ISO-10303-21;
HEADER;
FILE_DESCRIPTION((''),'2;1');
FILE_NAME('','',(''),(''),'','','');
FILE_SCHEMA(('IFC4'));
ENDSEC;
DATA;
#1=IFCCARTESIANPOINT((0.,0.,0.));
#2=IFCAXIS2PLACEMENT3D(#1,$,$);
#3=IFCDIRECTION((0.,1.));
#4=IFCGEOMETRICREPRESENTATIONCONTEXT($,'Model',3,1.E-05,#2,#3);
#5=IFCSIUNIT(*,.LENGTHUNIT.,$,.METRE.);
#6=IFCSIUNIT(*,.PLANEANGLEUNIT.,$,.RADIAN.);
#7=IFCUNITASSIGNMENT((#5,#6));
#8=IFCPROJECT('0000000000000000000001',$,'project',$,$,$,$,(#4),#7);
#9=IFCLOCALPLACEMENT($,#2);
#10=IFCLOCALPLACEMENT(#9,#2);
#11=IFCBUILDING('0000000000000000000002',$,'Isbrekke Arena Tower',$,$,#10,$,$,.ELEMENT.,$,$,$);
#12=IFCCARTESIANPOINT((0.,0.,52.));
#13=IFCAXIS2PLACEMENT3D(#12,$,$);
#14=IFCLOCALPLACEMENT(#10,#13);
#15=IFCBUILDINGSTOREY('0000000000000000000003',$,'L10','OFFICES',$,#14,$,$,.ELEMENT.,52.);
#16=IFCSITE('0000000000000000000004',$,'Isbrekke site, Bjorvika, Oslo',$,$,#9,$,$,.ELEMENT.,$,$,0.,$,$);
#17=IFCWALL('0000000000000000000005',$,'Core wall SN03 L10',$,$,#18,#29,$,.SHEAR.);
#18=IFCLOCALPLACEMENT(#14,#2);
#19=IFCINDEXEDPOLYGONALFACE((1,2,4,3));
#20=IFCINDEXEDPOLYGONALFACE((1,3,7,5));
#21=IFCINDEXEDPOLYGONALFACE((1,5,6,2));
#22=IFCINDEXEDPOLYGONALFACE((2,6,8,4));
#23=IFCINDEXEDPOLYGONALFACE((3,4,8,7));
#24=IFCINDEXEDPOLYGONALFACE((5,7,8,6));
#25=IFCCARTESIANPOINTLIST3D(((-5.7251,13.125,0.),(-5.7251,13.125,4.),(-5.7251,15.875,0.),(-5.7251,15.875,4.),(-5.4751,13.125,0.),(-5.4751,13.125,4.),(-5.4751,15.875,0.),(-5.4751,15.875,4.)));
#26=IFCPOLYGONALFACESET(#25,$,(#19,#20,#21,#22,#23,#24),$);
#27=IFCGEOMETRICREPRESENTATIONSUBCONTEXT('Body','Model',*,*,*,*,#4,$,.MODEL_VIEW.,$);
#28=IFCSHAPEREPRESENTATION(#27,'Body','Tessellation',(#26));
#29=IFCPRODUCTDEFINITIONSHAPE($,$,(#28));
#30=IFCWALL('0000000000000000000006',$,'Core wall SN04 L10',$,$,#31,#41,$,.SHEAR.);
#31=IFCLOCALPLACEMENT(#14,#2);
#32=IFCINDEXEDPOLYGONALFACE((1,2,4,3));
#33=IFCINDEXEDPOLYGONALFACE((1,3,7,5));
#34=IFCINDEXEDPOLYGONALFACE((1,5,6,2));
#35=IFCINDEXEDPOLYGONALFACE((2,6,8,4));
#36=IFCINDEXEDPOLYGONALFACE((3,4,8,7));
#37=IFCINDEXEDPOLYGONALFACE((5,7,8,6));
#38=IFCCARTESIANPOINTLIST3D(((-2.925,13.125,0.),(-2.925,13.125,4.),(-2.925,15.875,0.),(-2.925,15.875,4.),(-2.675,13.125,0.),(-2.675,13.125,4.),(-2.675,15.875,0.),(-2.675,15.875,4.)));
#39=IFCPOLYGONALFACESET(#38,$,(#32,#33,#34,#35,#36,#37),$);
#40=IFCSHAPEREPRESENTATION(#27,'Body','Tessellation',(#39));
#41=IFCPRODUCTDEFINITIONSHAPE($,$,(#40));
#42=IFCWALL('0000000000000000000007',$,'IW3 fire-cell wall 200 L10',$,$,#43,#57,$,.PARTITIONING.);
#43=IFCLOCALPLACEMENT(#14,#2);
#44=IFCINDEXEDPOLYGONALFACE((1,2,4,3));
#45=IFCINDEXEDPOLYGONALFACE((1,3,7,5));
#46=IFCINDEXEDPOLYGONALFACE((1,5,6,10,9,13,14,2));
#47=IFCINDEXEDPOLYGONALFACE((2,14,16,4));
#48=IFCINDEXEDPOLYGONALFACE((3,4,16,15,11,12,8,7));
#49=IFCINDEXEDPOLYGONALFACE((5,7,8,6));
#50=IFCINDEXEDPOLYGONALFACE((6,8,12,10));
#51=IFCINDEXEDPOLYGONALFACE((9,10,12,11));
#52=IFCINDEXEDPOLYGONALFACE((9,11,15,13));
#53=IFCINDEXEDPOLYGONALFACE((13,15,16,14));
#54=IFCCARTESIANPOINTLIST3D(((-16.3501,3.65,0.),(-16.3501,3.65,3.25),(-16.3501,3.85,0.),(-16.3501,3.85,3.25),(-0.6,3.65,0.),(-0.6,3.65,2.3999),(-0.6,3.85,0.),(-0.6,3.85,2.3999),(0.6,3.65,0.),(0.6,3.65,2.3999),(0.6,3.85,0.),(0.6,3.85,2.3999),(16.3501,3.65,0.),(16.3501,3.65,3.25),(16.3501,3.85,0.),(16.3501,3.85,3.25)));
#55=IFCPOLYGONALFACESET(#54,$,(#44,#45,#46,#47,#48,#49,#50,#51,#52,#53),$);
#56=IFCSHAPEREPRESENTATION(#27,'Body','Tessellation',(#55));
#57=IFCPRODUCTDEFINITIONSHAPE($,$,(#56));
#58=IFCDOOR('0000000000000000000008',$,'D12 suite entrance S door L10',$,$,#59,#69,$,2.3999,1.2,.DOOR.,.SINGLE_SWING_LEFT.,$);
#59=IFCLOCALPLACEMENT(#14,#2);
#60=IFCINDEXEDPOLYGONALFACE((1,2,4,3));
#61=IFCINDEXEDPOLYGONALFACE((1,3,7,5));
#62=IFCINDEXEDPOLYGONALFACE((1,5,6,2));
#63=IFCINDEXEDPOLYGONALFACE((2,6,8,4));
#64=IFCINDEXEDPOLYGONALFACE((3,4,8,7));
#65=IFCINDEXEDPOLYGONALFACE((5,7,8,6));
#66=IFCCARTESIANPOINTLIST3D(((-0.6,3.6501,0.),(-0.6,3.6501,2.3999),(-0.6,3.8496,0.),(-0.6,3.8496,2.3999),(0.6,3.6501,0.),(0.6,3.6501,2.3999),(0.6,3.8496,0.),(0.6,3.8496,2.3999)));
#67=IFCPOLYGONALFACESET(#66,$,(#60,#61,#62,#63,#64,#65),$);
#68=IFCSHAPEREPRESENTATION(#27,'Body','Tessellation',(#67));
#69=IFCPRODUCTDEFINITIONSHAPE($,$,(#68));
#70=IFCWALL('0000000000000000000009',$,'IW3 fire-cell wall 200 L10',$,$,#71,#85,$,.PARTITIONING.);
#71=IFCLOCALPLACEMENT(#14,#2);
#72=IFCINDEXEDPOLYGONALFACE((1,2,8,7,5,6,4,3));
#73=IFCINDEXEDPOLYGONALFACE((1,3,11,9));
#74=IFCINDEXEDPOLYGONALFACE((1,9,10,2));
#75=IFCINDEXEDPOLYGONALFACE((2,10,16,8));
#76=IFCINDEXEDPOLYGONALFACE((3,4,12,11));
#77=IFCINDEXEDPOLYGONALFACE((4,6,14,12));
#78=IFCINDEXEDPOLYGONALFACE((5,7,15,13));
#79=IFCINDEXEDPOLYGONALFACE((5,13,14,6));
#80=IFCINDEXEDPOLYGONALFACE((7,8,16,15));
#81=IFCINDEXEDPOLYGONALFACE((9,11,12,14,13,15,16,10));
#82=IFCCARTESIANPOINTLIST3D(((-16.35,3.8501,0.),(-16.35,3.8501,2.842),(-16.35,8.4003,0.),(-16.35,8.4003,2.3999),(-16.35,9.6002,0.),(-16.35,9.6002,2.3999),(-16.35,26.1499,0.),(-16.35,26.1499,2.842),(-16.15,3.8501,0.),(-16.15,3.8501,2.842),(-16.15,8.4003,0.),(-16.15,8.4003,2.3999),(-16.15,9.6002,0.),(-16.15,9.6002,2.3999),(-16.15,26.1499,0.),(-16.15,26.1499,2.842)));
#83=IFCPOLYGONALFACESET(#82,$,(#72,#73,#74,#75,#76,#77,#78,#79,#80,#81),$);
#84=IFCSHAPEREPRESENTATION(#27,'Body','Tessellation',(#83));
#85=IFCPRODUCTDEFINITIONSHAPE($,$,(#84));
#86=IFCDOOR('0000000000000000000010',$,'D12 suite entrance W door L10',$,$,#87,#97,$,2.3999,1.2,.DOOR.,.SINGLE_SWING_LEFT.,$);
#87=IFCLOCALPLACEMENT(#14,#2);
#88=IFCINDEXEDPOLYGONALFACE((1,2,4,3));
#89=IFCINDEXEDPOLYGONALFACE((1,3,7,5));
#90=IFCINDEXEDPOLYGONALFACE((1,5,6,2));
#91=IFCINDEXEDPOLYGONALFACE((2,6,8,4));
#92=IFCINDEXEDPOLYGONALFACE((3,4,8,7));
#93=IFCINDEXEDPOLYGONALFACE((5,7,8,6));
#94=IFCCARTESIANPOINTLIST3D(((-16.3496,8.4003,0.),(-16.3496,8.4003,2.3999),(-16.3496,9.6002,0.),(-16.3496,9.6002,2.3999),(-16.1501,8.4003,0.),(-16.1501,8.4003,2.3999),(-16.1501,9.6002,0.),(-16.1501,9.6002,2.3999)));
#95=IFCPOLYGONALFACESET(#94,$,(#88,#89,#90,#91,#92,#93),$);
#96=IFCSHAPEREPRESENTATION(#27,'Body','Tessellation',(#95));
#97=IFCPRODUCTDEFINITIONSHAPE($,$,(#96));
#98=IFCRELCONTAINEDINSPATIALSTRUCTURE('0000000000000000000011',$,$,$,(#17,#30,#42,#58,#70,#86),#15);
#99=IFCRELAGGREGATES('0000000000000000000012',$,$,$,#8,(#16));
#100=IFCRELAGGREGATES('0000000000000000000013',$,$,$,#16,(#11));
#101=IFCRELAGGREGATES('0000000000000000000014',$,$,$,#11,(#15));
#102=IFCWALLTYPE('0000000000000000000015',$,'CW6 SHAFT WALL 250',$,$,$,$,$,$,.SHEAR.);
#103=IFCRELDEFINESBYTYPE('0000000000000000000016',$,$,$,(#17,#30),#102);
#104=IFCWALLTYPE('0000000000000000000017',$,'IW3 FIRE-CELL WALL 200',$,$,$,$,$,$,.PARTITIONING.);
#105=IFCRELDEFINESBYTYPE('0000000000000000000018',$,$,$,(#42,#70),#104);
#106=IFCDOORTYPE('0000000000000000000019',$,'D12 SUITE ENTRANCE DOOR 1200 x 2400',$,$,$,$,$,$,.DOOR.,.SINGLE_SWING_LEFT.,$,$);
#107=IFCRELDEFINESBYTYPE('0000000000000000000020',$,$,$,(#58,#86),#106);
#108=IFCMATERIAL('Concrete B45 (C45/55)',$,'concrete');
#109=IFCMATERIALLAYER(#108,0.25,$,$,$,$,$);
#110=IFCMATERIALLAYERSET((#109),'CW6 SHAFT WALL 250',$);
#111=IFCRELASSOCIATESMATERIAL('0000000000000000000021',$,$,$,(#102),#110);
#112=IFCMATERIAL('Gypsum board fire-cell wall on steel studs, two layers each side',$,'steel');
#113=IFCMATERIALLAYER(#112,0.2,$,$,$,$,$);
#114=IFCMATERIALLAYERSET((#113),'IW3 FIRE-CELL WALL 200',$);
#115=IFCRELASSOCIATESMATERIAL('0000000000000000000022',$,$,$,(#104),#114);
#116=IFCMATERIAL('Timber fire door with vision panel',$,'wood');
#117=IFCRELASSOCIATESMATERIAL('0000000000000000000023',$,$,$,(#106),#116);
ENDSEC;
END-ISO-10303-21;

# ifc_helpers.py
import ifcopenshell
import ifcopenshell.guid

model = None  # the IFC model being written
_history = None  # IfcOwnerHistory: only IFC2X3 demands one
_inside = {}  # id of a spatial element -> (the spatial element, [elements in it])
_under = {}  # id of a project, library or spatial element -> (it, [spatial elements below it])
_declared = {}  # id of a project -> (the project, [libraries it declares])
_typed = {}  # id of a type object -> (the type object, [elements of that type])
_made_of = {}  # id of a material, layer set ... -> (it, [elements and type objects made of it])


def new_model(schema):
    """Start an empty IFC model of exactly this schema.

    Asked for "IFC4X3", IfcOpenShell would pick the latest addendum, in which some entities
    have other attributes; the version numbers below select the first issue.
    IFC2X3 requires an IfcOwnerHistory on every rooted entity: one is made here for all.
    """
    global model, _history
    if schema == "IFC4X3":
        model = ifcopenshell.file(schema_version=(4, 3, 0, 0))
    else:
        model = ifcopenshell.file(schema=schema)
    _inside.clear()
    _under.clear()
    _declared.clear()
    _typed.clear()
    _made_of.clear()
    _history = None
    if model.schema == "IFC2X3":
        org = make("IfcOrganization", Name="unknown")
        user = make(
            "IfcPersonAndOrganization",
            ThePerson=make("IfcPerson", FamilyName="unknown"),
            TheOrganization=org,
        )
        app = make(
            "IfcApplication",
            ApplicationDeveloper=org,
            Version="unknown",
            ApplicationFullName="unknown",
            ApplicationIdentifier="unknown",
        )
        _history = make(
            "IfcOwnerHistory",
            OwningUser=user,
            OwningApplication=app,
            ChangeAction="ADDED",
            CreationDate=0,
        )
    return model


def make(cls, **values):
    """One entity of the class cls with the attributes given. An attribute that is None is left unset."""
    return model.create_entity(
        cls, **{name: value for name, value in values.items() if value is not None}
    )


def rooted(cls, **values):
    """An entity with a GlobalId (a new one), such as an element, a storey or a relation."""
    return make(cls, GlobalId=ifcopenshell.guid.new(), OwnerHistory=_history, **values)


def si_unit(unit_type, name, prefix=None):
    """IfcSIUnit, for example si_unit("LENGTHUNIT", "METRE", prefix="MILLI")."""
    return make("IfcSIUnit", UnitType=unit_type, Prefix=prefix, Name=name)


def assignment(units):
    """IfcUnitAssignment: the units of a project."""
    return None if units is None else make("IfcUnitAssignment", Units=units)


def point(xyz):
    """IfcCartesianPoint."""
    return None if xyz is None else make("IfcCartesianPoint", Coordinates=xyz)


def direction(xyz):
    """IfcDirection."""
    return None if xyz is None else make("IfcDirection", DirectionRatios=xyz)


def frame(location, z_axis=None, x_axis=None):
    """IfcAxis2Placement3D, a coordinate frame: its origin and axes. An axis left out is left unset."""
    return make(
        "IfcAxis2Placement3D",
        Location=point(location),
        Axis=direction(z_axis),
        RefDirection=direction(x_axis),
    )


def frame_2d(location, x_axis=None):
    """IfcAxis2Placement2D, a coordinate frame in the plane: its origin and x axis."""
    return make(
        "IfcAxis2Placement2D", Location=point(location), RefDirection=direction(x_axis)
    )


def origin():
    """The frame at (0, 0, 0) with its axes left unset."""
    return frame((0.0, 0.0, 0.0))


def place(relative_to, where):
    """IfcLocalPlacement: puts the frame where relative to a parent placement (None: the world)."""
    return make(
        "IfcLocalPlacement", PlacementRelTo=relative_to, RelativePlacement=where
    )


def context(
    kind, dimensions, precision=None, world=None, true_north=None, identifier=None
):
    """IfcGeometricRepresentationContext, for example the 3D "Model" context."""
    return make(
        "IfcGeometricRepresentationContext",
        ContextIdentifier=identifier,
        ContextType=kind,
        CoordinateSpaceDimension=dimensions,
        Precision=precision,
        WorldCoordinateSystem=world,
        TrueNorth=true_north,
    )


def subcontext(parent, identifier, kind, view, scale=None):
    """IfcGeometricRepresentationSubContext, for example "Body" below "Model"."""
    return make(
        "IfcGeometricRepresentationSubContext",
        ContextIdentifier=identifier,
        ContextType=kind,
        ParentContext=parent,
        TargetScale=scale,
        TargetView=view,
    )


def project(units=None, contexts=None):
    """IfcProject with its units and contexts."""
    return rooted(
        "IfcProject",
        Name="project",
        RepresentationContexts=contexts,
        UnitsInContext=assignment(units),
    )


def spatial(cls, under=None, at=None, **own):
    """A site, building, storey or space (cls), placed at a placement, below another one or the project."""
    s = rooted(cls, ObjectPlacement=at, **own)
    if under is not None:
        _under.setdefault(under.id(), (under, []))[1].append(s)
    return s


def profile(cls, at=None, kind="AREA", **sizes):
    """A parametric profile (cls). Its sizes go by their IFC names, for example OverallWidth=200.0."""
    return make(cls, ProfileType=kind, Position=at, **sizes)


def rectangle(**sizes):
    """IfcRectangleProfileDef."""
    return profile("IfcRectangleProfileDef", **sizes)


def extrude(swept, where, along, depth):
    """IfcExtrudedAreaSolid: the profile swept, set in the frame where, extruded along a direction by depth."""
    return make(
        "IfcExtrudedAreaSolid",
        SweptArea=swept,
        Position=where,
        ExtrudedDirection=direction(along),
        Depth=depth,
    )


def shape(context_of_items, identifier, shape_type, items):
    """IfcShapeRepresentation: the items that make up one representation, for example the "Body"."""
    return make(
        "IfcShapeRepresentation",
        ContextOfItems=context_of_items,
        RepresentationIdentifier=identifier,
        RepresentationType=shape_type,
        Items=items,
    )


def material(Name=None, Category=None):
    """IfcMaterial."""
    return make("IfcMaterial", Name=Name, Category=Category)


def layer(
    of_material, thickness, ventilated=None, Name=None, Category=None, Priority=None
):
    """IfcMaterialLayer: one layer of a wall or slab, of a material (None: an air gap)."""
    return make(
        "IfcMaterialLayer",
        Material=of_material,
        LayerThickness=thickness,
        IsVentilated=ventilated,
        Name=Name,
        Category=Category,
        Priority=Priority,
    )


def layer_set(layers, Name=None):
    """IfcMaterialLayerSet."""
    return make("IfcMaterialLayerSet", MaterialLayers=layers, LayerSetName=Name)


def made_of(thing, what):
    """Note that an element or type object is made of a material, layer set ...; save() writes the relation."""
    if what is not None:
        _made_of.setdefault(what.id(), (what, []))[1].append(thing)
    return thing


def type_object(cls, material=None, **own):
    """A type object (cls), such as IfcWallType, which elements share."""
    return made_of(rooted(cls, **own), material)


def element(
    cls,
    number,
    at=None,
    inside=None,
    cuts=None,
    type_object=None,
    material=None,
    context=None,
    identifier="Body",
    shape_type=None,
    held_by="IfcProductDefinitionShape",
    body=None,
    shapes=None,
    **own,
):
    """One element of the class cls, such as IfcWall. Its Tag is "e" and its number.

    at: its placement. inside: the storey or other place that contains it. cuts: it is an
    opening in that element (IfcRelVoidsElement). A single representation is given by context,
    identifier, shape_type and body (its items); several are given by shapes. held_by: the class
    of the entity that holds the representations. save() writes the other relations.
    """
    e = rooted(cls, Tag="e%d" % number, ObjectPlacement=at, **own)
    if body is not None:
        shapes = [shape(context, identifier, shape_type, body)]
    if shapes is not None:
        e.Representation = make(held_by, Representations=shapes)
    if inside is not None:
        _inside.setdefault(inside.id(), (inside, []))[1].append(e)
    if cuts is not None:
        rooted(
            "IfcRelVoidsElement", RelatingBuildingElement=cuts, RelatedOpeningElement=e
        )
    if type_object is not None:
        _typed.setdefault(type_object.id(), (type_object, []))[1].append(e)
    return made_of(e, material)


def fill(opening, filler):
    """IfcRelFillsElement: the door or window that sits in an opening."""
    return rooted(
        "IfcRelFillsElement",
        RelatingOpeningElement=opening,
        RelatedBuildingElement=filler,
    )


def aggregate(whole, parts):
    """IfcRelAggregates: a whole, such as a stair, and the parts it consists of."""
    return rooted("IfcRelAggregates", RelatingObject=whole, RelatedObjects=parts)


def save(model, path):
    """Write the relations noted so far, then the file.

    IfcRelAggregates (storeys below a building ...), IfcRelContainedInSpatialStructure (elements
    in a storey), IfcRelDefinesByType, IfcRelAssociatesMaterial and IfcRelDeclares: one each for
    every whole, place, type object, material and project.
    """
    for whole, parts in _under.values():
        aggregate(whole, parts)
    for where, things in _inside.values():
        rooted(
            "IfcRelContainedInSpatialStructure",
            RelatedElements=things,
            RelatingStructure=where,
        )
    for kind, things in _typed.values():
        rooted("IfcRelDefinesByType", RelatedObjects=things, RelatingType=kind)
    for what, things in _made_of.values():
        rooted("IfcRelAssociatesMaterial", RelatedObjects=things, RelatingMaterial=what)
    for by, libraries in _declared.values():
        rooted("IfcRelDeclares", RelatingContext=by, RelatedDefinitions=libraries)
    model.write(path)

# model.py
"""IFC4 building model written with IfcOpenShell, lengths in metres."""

from ifc_helpers import new_model, si_unit, direction, frame, frame_2d, origin, place, context, subcontext, project, spatial, rectangle, extrude, material, layer, layer_set, type_object, element, fill, save


model = new_model("IFC4")

# Units and contexts
model_context = context("Model", 3, precision=1e-05, world=origin(), true_north=direction((0.0, 1.0)))
body_context = subcontext(model_context, "Body", "Model", "MODEL_VIEW")
ifc_project = project(units=[si_unit("LENGTHUNIT", "METRE"), si_unit("PLANEANGLEUNIT", "RADIAN")], contexts=[model_context])

# Site, building, storey
site_placement = place(None, origin())
site = spatial("IfcSite", under=ifc_project, at=site_placement, Name="Isbrekke site, Bjorvika, Oslo", CompositionType="ELEMENT", RefElevation=0.0)
building_placement = place(site_placement, origin())
building = spatial("IfcBuilding", under=site, at=building_placement, Name="Isbrekke Arena Tower", CompositionType="ELEMENT")
storey_placement = place(building_placement, frame((0.0, 0.0, 52.0)))
storey = spatial("IfcBuildingStorey", under=building, at=storey_placement, Name="L10", Description="OFFICES", CompositionType="ELEMENT", Elevation=52.0)

# Shared definitions
ifc_material_1 = material(Name="Concrete B45 (C45/55)", Category="concrete")
ifc_layer_1 = layer(ifc_material_1, 0.25)
ifc_layer_set_1 = layer_set([ifc_layer_1], Name="CW6 SHAFT WALL 250")
wall_type_1 = type_object("IfcWallType", Name="CW6 SHAFT WALL 250", PredefinedType="SHEAR", material=ifc_layer_set_1)

# Walls
for number, where, z_axis, x_axis, name in (
    (1, (-5.6001, 13.125, 0.0), (0.0, 0.0, 1.0), (0.0, 1.0, 0.0), "Core wall SN03 L10"),
    (2, (-2.8, 13.125, 0.0), (0.0, 0.0, 1.0), (0.0, 1.0, 0.0), "Core wall SN04 L10"),
):
    element("IfcWall", number, at=place(storey_placement, frame(where, z_axis=z_axis, x_axis=x_axis)), inside=storey, type_object=wall_type_1, Name=name, PredefinedType="SHEAR", context=body_context, shape_type="SweptSolid", body=[
        extrude(rectangle(XDim=2.75, YDim=0.25, at=frame_2d((1.375, 0.0))), origin(), (0.0, 0.0, 1.0), 4.0),
    ])

# Walls, openings, doors
ifc_material_2 = material(Name="Gypsum board fire-cell wall on steel studs, two layers each side", Category="steel")
ifc_layer_2 = layer(ifc_material_2, 0.2)
ifc_layer_set_2 = layer_set([ifc_layer_2], Name="IW3 FIRE-CELL WALL 200")
wall_type_2 = type_object("IfcWallType", Name="IW3 FIRE-CELL WALL 200", PredefinedType="PARTITIONING", material=ifc_layer_set_2)
wall_1_placement = place(storey_placement, frame((-16.3501, 3.75, 0.0), z_axis=(0.0, 0.0, 1.0), x_axis=(1.0, 0.0, 0.0)))
wall_1 = element("IfcWall", 3, at=wall_1_placement, inside=storey, type_object=wall_type_2, Name="IW3 fire-cell wall 200 L10", PredefinedType="PARTITIONING", context=body_context, shape_type="SweptSolid", body=[
    extrude(rectangle(XDim=32.7002, YDim=0.2, at=frame_2d((16.3501, 0.0))), origin(), (0.0, 0.0, 1.0), 3.25),
])
opening_1_placement = place(wall_1_placement, frame((15.75, 0.0, 0.0)))
opening_1 = element("IfcOpeningElement", 4, at=opening_1_placement, cuts=wall_1, PredefinedType="OPENING", context=body_context, shape_type="SweptSolid", body=[
    extrude(rectangle(XDim=1.2, YDim=2.3999, at=frame_2d((0.6001, 1.2))), frame((0.0, 0.1147, 0.0), z_axis=(0.0, -1.0, 0.0), x_axis=(1.0, 0.0, 0.0)), (0.0, 0.0, 1.0), 0.2297),
])
ifc_material_3 = material(Name="Timber fire door with vision panel", Category="wood")
door_type_1 = type_object("IfcDoorType", Name="D12 SUITE ENTRANCE DOOR 1200 x 2400", OperationType="SINGLE_SWING_LEFT", PredefinedType="DOOR", material=ifc_material_3)
door_1_placement = place(opening_1_placement, origin())
door_1 = element("IfcDoor", 5, at=door_1_placement, inside=storey, type_object=door_type_1, Name="D12 suite entrance S door L10", OperationType="SINGLE_SWING_LEFT", OverallHeight=2.3999, OverallWidth=1.2, PredefinedType="DOOR", context=body_context, shape_type="SweptSolid", body=[
    extrude(rectangle(XDim=1.2, YDim=2.3999, at=frame_2d((0.6001, 1.2))), frame((0.0, 0.0996, 0.0), z_axis=(0.0, -1.0, 0.0), x_axis=(1.0, 0.0, 0.0)), (0.0, 0.0, 1.0), 0.1995),
])
fill(opening_1, door_1)
wall_2_placement = place(storey_placement, frame((-16.25, 3.8501, 0.0), z_axis=(0.0, 0.0, 1.0), x_axis=(0.0, 1.0, 0.0)))
wall_2 = element("IfcWall", 6, at=wall_2_placement, inside=storey, type_object=wall_type_2, Name="IW3 fire-cell wall 200 L10", PredefinedType="PARTITIONING", context=body_context, shape_type="SweptSolid", body=[
    extrude(rectangle(XDim=22.2998, YDim=0.2, at=frame_2d((11.1499, 0.0))), origin(), (0.0, 0.0, 1.0), 2.842),
])
opening_2_placement = place(wall_2_placement, frame((4.55, 0.0, 0.0)))
opening_2 = element("IfcOpeningElement", 7, at=opening_2_placement, cuts=wall_2, PredefinedType="OPENING", context=body_context, shape_type="SweptSolid", body=[
    extrude(rectangle(XDim=1.2, YDim=2.3999, at=frame_2d((0.6001, 1.2))), frame((0.0, 0.1147, 0.0), z_axis=(0.0, -1.0, 0.0), x_axis=(1.0, 0.0, 0.0)), (0.0, 0.0, 1.0), 0.2297),
])
door_2_placement = place(opening_2_placement, origin())
door_2 = element("IfcDoor", 8, at=door_2_placement, inside=storey, type_object=door_type_1, Name="D12 suite entrance W door L10", OperationType="SINGLE_SWING_LEFT", OverallHeight=2.3999, OverallWidth=1.2, PredefinedType="DOOR", context=body_context, shape_type="SweptSolid", body=[
    extrude(rectangle(XDim=1.2, YDim=2.3999, at=frame_2d((0.6001, 1.2))), frame((0.0, 0.0996, 0.0), z_axis=(0.0, -1.0, 0.0), x_axis=(1.0, 0.0, 0.0)), (0.0, 0.0, 1.0), 0.1995),
])
fill(opening_2, door_2)

save(model, "model.ifc")
